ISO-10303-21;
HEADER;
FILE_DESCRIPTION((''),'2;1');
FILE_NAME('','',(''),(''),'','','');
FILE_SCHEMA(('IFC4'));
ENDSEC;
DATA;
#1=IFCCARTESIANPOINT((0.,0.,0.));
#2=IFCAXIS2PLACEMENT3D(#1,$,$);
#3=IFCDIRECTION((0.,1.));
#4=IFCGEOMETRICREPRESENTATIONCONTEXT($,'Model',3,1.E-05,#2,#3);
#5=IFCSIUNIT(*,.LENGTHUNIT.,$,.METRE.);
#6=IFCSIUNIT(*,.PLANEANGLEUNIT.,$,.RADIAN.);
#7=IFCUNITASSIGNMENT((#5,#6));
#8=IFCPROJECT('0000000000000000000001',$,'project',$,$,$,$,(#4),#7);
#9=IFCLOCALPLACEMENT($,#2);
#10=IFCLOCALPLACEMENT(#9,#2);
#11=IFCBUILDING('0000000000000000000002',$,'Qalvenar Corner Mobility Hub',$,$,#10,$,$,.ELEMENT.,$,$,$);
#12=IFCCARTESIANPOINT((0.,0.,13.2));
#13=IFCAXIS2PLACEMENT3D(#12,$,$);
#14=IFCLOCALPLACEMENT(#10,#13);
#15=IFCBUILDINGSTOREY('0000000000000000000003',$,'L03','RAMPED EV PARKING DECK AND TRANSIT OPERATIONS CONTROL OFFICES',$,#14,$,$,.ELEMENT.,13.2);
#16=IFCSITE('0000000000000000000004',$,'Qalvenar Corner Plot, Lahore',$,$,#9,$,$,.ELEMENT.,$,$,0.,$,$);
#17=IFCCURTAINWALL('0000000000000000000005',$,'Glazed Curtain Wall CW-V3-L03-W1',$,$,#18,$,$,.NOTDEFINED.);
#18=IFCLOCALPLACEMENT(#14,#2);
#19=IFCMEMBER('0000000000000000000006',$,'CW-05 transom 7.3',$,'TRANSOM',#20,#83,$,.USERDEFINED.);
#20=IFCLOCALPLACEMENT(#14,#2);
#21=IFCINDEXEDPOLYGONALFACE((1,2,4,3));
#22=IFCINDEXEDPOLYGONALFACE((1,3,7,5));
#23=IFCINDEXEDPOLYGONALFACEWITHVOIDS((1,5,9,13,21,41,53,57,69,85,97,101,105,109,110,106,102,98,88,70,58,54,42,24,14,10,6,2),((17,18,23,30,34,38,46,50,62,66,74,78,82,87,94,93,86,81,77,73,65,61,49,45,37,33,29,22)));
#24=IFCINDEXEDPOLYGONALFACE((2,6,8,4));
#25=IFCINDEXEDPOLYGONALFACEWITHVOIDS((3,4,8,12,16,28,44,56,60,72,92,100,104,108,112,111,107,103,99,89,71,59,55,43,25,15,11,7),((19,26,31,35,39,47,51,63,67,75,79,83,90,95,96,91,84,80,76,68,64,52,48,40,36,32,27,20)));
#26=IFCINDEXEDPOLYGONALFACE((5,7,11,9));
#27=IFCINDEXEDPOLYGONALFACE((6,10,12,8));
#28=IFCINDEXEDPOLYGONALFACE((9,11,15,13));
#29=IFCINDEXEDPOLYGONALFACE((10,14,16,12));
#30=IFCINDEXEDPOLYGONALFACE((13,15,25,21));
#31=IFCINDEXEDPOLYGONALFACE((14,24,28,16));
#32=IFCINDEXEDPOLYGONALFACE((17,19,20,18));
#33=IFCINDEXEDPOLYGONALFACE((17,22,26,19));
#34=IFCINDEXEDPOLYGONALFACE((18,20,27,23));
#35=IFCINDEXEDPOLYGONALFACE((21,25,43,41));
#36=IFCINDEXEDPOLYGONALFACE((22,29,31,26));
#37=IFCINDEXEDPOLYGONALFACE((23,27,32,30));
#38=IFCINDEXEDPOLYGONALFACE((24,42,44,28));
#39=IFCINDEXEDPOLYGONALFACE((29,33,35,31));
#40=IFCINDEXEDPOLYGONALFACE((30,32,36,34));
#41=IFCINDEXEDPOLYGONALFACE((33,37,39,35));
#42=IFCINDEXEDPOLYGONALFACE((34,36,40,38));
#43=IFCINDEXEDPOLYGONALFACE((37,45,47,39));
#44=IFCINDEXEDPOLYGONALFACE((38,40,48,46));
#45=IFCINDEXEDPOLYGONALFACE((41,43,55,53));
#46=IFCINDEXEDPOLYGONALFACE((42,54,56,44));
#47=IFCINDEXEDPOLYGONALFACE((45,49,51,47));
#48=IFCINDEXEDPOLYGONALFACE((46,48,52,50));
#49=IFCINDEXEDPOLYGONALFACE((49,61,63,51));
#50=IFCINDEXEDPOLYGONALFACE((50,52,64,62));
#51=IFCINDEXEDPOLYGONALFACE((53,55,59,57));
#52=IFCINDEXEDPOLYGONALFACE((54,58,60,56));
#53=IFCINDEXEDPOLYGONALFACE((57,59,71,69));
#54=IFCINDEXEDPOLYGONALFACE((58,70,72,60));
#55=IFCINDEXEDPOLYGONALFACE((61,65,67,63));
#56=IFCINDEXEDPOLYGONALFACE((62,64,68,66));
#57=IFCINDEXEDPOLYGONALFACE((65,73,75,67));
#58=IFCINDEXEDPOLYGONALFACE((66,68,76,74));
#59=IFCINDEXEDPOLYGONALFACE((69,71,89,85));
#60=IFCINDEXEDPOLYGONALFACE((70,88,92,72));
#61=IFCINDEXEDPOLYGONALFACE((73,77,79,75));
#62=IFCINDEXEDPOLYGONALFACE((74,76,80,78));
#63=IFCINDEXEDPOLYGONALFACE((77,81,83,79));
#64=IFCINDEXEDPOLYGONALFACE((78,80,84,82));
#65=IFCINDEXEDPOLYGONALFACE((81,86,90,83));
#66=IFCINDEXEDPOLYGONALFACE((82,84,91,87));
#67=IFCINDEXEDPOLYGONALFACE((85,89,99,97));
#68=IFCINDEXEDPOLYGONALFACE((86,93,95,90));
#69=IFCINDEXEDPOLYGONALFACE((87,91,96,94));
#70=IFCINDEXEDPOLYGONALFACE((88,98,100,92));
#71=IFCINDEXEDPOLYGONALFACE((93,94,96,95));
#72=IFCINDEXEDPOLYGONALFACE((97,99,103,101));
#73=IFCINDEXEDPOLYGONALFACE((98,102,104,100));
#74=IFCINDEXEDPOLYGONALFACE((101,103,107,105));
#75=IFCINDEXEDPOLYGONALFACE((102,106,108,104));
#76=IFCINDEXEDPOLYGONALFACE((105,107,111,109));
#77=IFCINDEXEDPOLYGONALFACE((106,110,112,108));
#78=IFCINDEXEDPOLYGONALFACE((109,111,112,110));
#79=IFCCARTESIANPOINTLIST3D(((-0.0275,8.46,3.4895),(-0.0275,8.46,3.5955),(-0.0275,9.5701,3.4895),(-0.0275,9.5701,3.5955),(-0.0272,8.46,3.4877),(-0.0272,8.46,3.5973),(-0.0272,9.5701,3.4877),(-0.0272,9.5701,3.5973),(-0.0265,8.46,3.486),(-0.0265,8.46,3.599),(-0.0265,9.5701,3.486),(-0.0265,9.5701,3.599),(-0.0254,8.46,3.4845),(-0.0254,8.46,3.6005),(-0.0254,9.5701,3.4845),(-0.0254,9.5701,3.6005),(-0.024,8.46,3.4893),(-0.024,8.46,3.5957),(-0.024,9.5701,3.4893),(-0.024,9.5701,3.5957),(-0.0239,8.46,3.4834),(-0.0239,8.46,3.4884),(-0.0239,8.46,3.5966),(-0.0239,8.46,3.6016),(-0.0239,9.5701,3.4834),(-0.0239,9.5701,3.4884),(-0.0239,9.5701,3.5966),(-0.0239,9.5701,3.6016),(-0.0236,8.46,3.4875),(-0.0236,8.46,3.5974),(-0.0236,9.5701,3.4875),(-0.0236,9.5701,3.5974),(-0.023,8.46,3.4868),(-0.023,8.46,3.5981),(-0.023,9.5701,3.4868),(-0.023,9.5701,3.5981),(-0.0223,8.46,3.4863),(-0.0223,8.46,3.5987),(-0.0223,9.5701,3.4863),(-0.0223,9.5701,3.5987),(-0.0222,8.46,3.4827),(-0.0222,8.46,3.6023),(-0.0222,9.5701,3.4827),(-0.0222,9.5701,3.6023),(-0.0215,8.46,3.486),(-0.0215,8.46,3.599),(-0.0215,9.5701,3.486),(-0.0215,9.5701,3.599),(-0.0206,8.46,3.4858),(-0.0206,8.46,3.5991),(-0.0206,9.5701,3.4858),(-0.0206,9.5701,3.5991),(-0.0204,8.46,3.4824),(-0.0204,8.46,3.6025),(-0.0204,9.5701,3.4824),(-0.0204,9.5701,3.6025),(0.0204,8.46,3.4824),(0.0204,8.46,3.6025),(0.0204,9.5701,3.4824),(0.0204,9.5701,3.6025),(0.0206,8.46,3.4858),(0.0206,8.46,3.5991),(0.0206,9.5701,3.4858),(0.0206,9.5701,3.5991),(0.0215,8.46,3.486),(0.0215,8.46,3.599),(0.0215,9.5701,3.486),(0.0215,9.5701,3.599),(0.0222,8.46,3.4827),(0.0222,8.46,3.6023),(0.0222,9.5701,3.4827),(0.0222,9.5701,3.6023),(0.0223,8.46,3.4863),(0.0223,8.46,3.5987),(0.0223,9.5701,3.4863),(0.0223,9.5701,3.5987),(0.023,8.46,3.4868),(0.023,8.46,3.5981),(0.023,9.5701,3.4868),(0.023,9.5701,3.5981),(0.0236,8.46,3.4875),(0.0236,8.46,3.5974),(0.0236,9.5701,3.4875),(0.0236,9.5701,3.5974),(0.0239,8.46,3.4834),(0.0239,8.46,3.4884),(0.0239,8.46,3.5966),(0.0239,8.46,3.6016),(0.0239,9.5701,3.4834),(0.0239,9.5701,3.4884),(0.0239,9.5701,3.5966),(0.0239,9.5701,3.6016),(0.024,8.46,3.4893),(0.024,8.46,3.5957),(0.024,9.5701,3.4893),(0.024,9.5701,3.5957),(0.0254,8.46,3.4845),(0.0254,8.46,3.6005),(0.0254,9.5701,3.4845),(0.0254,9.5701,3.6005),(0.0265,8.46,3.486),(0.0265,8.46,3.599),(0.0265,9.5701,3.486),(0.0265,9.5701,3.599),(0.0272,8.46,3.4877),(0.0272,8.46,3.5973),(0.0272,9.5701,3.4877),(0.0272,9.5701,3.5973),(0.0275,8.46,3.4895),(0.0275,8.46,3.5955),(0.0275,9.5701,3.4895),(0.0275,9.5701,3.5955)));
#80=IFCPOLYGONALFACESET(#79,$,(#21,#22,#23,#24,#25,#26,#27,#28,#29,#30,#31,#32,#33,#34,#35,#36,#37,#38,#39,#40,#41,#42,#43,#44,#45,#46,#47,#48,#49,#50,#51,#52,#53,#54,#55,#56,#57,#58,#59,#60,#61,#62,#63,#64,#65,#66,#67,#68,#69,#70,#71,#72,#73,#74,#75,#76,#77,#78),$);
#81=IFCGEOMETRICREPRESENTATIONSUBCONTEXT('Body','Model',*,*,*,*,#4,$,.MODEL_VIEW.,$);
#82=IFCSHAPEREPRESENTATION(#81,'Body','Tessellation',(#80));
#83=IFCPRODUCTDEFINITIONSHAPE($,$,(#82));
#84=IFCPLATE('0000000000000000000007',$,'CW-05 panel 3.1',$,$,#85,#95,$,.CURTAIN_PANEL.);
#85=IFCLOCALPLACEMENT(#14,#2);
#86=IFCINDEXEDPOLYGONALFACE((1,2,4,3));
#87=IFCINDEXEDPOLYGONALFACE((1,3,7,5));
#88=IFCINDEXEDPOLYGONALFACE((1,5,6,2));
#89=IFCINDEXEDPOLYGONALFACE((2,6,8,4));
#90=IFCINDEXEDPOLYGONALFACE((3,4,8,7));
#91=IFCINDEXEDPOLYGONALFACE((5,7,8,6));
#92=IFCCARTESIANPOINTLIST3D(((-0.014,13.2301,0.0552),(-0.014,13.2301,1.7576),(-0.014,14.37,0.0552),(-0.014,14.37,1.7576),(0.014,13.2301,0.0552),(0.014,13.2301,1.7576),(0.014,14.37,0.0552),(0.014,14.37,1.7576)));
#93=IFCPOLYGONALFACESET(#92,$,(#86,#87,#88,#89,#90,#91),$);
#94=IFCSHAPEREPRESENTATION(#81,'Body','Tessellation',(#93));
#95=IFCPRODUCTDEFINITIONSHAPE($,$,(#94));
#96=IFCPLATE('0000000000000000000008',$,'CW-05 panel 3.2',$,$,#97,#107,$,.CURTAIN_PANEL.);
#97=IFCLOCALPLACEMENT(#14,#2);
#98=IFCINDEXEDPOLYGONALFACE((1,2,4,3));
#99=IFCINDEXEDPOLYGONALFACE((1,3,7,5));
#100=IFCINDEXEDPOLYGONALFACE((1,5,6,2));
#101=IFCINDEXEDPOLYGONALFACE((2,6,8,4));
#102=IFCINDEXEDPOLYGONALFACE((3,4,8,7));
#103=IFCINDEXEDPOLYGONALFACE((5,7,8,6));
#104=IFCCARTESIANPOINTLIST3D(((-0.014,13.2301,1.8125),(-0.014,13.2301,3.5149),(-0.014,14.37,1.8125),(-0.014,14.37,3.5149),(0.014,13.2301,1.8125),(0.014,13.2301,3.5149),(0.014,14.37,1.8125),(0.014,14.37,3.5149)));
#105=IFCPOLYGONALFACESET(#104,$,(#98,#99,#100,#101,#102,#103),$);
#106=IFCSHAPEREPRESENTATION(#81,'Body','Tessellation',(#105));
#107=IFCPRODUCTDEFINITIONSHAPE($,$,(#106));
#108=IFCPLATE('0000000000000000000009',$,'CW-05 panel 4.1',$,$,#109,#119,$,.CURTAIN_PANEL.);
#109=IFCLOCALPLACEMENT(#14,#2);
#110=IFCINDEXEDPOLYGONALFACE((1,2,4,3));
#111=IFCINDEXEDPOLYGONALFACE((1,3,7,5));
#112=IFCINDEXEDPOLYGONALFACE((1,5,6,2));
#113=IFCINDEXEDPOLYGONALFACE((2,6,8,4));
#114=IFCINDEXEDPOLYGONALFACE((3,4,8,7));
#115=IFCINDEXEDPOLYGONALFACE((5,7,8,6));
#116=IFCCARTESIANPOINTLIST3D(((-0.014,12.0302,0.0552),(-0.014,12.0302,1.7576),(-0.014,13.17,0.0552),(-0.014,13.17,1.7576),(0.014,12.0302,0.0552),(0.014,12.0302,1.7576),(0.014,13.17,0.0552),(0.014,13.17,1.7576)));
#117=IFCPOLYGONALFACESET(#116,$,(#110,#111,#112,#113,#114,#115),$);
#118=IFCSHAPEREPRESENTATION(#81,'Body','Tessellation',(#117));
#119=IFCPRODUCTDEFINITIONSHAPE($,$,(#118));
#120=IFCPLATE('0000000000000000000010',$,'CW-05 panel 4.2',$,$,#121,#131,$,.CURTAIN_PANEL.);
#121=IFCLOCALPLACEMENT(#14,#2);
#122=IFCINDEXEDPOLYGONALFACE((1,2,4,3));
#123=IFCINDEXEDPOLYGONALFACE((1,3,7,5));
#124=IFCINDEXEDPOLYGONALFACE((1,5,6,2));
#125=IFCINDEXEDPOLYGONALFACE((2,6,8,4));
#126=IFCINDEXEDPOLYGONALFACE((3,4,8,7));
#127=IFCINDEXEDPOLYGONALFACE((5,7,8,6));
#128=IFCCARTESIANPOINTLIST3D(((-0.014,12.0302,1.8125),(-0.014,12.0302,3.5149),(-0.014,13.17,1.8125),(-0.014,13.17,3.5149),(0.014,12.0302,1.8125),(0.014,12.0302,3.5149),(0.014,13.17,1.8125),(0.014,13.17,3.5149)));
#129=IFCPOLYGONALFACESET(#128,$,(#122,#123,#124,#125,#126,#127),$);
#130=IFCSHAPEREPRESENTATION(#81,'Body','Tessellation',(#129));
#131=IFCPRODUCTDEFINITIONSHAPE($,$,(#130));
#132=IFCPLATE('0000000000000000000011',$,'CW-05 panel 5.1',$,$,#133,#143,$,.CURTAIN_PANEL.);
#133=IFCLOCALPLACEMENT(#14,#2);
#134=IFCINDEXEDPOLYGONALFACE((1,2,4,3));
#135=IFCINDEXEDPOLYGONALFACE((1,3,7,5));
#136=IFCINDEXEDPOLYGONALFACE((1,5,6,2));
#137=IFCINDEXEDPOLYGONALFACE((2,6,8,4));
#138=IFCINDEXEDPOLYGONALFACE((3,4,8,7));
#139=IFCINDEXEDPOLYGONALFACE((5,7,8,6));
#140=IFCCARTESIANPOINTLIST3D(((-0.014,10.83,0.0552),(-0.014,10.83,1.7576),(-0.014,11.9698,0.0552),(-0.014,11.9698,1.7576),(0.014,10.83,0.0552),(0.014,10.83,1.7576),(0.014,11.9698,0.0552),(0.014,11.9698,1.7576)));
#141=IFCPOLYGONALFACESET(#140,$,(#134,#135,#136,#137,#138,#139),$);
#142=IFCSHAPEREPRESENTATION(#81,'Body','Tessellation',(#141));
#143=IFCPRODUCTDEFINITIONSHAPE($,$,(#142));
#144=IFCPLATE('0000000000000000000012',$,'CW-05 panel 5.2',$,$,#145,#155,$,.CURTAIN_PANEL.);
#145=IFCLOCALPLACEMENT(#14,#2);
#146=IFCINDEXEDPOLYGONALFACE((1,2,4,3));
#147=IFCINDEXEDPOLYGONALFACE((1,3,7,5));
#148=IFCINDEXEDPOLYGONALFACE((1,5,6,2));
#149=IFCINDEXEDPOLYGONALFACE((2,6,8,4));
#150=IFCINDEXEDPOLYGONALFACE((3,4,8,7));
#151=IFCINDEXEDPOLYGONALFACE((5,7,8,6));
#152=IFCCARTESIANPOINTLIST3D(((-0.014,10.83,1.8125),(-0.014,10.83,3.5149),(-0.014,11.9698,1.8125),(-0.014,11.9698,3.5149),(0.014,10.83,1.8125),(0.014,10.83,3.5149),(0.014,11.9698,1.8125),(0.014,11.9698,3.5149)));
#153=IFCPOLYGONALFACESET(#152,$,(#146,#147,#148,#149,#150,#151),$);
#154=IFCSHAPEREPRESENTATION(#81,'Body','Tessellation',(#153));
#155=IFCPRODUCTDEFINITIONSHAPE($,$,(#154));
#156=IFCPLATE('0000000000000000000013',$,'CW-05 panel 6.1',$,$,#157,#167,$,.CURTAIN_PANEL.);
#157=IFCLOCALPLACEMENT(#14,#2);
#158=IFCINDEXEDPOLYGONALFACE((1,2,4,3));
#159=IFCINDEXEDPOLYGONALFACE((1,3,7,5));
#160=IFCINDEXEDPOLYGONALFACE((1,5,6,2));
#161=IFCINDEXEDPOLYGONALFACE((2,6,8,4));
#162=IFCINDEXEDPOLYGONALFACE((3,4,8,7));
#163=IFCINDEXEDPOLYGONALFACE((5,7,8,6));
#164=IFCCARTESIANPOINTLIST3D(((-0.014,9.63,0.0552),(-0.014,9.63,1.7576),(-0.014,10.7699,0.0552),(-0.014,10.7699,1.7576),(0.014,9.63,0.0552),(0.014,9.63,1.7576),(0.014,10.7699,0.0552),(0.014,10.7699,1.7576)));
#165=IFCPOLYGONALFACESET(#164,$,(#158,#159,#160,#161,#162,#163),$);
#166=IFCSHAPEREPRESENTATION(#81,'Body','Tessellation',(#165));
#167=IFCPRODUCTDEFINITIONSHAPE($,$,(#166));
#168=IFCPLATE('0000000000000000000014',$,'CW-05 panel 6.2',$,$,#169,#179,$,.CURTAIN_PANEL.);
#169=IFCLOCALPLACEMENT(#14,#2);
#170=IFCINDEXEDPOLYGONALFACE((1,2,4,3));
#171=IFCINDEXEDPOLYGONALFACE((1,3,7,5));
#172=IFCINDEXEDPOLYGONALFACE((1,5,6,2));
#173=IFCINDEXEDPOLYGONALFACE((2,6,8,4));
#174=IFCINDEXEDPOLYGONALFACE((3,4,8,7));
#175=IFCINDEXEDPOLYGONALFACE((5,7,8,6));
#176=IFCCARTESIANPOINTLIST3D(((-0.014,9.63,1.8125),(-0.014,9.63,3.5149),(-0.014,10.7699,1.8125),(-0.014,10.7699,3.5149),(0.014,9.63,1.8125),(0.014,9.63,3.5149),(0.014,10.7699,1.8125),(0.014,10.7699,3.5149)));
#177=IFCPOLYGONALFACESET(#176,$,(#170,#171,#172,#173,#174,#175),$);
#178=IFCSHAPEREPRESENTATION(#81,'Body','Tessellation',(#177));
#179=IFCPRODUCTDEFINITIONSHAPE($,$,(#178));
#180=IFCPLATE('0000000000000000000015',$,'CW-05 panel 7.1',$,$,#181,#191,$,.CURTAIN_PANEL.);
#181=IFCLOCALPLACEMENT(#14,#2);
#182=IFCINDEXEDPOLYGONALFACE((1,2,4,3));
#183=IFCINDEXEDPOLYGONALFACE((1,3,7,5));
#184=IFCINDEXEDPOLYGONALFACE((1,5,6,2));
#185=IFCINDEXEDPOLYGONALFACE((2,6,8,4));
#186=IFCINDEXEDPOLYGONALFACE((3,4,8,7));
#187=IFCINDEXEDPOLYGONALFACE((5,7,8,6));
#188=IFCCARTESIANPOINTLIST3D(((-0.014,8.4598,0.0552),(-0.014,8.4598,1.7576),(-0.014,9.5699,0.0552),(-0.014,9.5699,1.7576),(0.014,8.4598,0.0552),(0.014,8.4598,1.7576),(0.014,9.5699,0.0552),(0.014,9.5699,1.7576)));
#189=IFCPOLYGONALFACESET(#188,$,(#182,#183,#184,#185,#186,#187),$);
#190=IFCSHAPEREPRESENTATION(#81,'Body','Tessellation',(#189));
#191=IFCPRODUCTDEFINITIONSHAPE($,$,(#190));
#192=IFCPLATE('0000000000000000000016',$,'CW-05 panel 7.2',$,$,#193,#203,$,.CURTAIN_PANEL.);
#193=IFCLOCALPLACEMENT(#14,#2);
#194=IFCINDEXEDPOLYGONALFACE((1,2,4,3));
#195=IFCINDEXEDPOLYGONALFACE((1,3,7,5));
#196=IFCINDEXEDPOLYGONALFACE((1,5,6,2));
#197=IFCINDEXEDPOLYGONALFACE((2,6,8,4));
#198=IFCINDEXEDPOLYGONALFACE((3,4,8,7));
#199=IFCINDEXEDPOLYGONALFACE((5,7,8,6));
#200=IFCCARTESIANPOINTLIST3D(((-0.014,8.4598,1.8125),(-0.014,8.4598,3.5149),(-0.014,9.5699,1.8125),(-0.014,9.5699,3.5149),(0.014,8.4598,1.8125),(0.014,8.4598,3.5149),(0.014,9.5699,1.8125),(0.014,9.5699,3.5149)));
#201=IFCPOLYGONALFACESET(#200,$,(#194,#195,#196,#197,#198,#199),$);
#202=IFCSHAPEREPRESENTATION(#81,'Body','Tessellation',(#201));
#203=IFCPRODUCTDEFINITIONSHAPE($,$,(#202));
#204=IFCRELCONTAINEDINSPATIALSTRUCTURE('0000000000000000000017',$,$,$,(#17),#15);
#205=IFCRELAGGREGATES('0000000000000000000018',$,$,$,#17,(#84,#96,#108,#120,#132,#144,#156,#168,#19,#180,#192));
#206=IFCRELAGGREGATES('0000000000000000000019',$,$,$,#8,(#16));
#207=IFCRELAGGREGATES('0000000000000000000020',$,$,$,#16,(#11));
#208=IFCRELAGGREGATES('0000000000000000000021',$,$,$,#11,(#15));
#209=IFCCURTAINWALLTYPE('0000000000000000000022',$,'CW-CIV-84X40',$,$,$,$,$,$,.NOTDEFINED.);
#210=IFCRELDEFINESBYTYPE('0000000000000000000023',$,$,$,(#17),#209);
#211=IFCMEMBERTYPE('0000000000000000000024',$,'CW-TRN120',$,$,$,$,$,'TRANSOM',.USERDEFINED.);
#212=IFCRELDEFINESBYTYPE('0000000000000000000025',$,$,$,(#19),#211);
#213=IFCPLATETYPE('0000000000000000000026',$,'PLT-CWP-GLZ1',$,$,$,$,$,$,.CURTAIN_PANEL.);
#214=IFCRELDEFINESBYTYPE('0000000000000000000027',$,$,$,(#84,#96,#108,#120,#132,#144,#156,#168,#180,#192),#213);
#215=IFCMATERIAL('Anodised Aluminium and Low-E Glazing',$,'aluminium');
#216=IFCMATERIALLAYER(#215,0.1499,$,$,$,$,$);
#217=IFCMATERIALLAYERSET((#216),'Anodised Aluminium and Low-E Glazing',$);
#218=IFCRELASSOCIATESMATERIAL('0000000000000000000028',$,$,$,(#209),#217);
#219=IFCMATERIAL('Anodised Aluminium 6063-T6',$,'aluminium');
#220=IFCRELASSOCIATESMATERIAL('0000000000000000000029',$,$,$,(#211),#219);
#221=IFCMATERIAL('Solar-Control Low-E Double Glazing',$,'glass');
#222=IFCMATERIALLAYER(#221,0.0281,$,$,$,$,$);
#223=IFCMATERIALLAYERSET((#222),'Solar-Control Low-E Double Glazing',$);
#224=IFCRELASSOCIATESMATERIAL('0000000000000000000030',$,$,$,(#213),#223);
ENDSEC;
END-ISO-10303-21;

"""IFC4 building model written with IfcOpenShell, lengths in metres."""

from ifc_helpers import new_model, si_unit, direction, frame, origin, origin_2d, place, context, subcontext, project, spatial, rectangle, hollow_rectangle, extrude, material, layer, layer_set, material_profile, profile_set, type_object, element, aggregate, save


model = new_model("IFC4")

# Units and contexts
model_context = context("Model", 3, precision=1e-05, world=origin(), true_north=direction((0.0, 1.0)))
body_context = subcontext(model_context, "Body", "Model", "MODEL_VIEW")
ifc_project = project(units=[si_unit("LENGTHUNIT", "METRE"), si_unit("PLANEANGLEUNIT", "RADIAN")], contexts=[model_context])

# Site, building, storey
site_placement = place(None, origin())
site = spatial("IfcSite", under=ifc_project, at=site_placement, Name="Qalvenar Corner Plot, Lahore", CompositionType="ELEMENT", RefElevation=0.0)
building_placement = place(site_placement, origin())
building = spatial("IfcBuilding", under=site, at=building_placement, Name="Qalvenar Corner Mobility Hub", CompositionType="ELEMENT")
storey_placement = place(building_placement, frame((0.0, 0.0, 13.2)))
storey = spatial("IfcBuildingStorey", under=building, at=storey_placement, Name="L03", Description="RAMPED EV PARKING DECK AND TRANSIT OPERATIONS CONTROL OFFICES", CompositionType="ELEMENT", Elevation=13.2)

# Curtain wall, member, plates
ifc_material_1 = material(Name="Anodised Aluminium and Low-E Glazing", Category="aluminium")
ifc_layer_1 = layer(ifc_material_1, 0.1499)
ifc_layer_set_1 = layer_set([ifc_layer_1], Name="Anodised Aluminium and Low-E Glazing")
curtain_wall_type = type_object("IfcCurtainWallType", Name="CW-CIV-84X40", PredefinedType="NOTDEFINED", material=ifc_layer_set_1)
curtain_wall_placement = place(storey_placement, origin())
curtain_wall = element("IfcCurtainWall", 1, at=curtain_wall_placement, inside=storey, type_object=curtain_wall_type, Name="Glazed Curtain Wall CW-V3-L03-W1", PredefinedType="NOTDEFINED")
ifc_material_2 = material(Name="Anodised Aluminium 6063-T6", Category="aluminium")
ifc_material_profile_1 = material_profile(ifc_material_2, hollow_rectangle(XDim=0.0549, YDim=0.1201, WallThickness=0.0034, InnerFilletRadius=0.0034, OuterFilletRadius=0.0071, at=origin_2d()), Name="RHS120x55x3.5")
ifc_profile_set_1 = profile_set([ifc_material_profile_1], Name="Anodised Aluminium 6063-T6")
member_type_1 = type_object("IfcMemberType", Name="CW-TRN120", ElementType="TRANSOM", PredefinedType="USERDEFINED", material=ifc_profile_set_1)
member_1_placement = place(storey_placement, frame((0.0, 9.5701, 3.5425), z_axis=(0.0, -1.0, 0.0), x_axis=(1.0, 0.0, 0.0)))
member_1 = element("IfcMember", 2, at=member_1_placement, type_object=member_type_1, Name="CW-05 transom 7.3", ObjectType="TRANSOM", PredefinedType="USERDEFINED", context=body_context, shape_type="SweptSolid", body=[
    extrude(hollow_rectangle(XDim=0.0549, YDim=0.1201, WallThickness=0.0034, InnerFilletRadius=0.0034, OuterFilletRadius=0.0071, at=origin_2d()), origin(), (0.0, 0.0, 1.0), 1.1101),
])
ifc_material_3 = material(Name="Solar-Control Low-E Double Glazing", Category="glass")
ifc_layer_2 = layer(ifc_material_3, 0.0281)
ifc_layer_set_2 = layer_set([ifc_layer_2], Name="Solar-Control Low-E Double Glazing")
plate_type = type_object("IfcPlateType", Name="PLT-CWP-GLZ1", PredefinedType="CURTAIN_PANEL", material=ifc_layer_set_2)
plate_1_placement = place(storey_placement, frame((0.0, 13.8, 0.0552), z_axis=(0.0, 0.0, 1.0), x_axis=(0.0, -1.0, 0.0)))
plate_1 = element("IfcPlate", 3, at=plate_1_placement, type_object=plate_type, Name="CW-05 panel 3.1", PredefinedType="CURTAIN_PANEL", context=body_context, shape_type="SweptSolid", body=[
    extrude(rectangle(XDim=1.1399, YDim=0.0281, at=origin_2d()), origin(), (0.0, 0.0, 1.0), 1.7024),
])
plate_2_placement = place(storey_placement, frame((0.0, 13.8, 1.8125), z_axis=(0.0, 0.0, 1.0), x_axis=(0.0, -1.0, 0.0)))
plate_2 = element("IfcPlate", 4, at=plate_2_placement, type_object=plate_type, Name="CW-05 panel 3.2", PredefinedType="CURTAIN_PANEL", context=body_context, shape_type="SweptSolid", body=[
    extrude(rectangle(XDim=1.1399, YDim=0.0281, at=origin_2d()), origin(), (0.0, 0.0, 1.0), 1.7024),
])
plate_3_placement = place(storey_placement, frame((0.0, 12.6001, 0.0552), z_axis=(0.0, 0.0, 1.0), x_axis=(0.0, -1.0, 0.0)))
plate_3 = element("IfcPlate", 5, at=plate_3_placement, type_object=plate_type, Name="CW-05 panel 4.1", PredefinedType="CURTAIN_PANEL", context=body_context, shape_type="SweptSolid", body=[
    extrude(rectangle(XDim=1.1399, YDim=0.0281, at=origin_2d()), origin(), (0.0, 0.0, 1.0), 1.7024),
])
plate_4_placement = place(storey_placement, frame((0.0, 12.6001, 1.8125), z_axis=(0.0, 0.0, 1.0), x_axis=(0.0, -1.0, 0.0)))
plate_4 = element("IfcPlate", 6, at=plate_4_placement, type_object=plate_type, Name="CW-05 panel 4.2", PredefinedType="CURTAIN_PANEL", context=body_context, shape_type="SweptSolid", body=[
    extrude(rectangle(XDim=1.1399, YDim=0.0281, at=origin_2d()), origin(), (0.0, 0.0, 1.0), 1.7024),
])
plate_5_placement = place(storey_placement, frame((0.0, 11.3999, 0.0552), z_axis=(0.0, 0.0, 1.0), x_axis=(0.0, -1.0, 0.0)))
plate_5 = element("IfcPlate", 7, at=plate_5_placement, type_object=plate_type, Name="CW-05 panel 5.1", PredefinedType="CURTAIN_PANEL", context=body_context, shape_type="SweptSolid", body=[
    extrude(rectangle(XDim=1.1399, YDim=0.0281, at=origin_2d()), origin(), (0.0, 0.0, 1.0), 1.7024),
])
plate_6_placement = place(storey_placement, frame((0.0, 11.3999, 1.8125), z_axis=(0.0, 0.0, 1.0), x_axis=(0.0, -1.0, 0.0)))
plate_6 = element("IfcPlate", 8, at=plate_6_placement, type_object=plate_type, Name="CW-05 panel 5.2", PredefinedType="CURTAIN_PANEL", context=body_context, shape_type="SweptSolid", body=[
    extrude(rectangle(XDim=1.1399, YDim=0.0281, at=origin_2d()), origin(), (0.0, 0.0, 1.0), 1.7024),
])
plate_7_placement = place(storey_placement, frame((0.0, 10.2, 0.0552), z_axis=(0.0, 0.0, 1.0), x_axis=(0.0, -1.0, 0.0)))
plate_7 = element("IfcPlate", 9, at=plate_7_placement, type_object=plate_type, Name="CW-05 panel 6.1", PredefinedType="CURTAIN_PANEL", context=body_context, shape_type="SweptSolid", body=[
    extrude(rectangle(XDim=1.1399, YDim=0.0281, at=origin_2d()), origin(), (0.0, 0.0, 1.0), 1.7024),
])
plate_8_placement = place(storey_placement, frame((0.0, 10.2, 1.8125), z_axis=(0.0, 0.0, 1.0), x_axis=(0.0, -1.0, 0.0)))
plate_8 = element("IfcPlate", 10, at=plate_8_placement, type_object=plate_type, Name="CW-05 panel 6.2", PredefinedType="CURTAIN_PANEL", context=body_context, shape_type="SweptSolid", body=[
    extrude(rectangle(XDim=1.1399, YDim=0.0281, at=origin_2d()), origin(), (0.0, 0.0, 1.0), 1.7024),
])
plate_9_placement = place(storey_placement, frame((0.0, 9.0149, 0.0552), z_axis=(0.0, 0.0, 1.0), x_axis=(0.0, -1.0, 0.0)))
plate_9 = element("IfcPlate", 11, at=plate_9_placement, type_object=plate_type, Name="CW-05 panel 7.1", PredefinedType="CURTAIN_PANEL", context=body_context, shape_type="SweptSolid", body=[
    extrude(rectangle(XDim=1.1101, YDim=0.0281, at=origin_2d()), origin(), (0.0, 0.0, 1.0), 1.7024),
])
plate_10_placement = place(storey_placement, frame((0.0, 9.0149, 1.8125), z_axis=(0.0, 0.0, 1.0), x_axis=(0.0, -1.0, 0.0)))
plate_10 = element("IfcPlate", 12, at=plate_10_placement, type_object=plate_type, Name="CW-05 panel 7.2", PredefinedType="CURTAIN_PANEL", context=body_context, shape_type="SweptSolid", body=[
    extrude(rectangle(XDim=1.1101, YDim=0.0281, at=origin_2d()), origin(), (0.0, 0.0, 1.0), 1.7024),
])
aggregate(curtain_wall, [plate_1, plate_2, plate_3, plate_4, plate_5, plate_6, plate_7, plate_8, member_1, plate_9, plate_10])

save(model, "model.ifc")
